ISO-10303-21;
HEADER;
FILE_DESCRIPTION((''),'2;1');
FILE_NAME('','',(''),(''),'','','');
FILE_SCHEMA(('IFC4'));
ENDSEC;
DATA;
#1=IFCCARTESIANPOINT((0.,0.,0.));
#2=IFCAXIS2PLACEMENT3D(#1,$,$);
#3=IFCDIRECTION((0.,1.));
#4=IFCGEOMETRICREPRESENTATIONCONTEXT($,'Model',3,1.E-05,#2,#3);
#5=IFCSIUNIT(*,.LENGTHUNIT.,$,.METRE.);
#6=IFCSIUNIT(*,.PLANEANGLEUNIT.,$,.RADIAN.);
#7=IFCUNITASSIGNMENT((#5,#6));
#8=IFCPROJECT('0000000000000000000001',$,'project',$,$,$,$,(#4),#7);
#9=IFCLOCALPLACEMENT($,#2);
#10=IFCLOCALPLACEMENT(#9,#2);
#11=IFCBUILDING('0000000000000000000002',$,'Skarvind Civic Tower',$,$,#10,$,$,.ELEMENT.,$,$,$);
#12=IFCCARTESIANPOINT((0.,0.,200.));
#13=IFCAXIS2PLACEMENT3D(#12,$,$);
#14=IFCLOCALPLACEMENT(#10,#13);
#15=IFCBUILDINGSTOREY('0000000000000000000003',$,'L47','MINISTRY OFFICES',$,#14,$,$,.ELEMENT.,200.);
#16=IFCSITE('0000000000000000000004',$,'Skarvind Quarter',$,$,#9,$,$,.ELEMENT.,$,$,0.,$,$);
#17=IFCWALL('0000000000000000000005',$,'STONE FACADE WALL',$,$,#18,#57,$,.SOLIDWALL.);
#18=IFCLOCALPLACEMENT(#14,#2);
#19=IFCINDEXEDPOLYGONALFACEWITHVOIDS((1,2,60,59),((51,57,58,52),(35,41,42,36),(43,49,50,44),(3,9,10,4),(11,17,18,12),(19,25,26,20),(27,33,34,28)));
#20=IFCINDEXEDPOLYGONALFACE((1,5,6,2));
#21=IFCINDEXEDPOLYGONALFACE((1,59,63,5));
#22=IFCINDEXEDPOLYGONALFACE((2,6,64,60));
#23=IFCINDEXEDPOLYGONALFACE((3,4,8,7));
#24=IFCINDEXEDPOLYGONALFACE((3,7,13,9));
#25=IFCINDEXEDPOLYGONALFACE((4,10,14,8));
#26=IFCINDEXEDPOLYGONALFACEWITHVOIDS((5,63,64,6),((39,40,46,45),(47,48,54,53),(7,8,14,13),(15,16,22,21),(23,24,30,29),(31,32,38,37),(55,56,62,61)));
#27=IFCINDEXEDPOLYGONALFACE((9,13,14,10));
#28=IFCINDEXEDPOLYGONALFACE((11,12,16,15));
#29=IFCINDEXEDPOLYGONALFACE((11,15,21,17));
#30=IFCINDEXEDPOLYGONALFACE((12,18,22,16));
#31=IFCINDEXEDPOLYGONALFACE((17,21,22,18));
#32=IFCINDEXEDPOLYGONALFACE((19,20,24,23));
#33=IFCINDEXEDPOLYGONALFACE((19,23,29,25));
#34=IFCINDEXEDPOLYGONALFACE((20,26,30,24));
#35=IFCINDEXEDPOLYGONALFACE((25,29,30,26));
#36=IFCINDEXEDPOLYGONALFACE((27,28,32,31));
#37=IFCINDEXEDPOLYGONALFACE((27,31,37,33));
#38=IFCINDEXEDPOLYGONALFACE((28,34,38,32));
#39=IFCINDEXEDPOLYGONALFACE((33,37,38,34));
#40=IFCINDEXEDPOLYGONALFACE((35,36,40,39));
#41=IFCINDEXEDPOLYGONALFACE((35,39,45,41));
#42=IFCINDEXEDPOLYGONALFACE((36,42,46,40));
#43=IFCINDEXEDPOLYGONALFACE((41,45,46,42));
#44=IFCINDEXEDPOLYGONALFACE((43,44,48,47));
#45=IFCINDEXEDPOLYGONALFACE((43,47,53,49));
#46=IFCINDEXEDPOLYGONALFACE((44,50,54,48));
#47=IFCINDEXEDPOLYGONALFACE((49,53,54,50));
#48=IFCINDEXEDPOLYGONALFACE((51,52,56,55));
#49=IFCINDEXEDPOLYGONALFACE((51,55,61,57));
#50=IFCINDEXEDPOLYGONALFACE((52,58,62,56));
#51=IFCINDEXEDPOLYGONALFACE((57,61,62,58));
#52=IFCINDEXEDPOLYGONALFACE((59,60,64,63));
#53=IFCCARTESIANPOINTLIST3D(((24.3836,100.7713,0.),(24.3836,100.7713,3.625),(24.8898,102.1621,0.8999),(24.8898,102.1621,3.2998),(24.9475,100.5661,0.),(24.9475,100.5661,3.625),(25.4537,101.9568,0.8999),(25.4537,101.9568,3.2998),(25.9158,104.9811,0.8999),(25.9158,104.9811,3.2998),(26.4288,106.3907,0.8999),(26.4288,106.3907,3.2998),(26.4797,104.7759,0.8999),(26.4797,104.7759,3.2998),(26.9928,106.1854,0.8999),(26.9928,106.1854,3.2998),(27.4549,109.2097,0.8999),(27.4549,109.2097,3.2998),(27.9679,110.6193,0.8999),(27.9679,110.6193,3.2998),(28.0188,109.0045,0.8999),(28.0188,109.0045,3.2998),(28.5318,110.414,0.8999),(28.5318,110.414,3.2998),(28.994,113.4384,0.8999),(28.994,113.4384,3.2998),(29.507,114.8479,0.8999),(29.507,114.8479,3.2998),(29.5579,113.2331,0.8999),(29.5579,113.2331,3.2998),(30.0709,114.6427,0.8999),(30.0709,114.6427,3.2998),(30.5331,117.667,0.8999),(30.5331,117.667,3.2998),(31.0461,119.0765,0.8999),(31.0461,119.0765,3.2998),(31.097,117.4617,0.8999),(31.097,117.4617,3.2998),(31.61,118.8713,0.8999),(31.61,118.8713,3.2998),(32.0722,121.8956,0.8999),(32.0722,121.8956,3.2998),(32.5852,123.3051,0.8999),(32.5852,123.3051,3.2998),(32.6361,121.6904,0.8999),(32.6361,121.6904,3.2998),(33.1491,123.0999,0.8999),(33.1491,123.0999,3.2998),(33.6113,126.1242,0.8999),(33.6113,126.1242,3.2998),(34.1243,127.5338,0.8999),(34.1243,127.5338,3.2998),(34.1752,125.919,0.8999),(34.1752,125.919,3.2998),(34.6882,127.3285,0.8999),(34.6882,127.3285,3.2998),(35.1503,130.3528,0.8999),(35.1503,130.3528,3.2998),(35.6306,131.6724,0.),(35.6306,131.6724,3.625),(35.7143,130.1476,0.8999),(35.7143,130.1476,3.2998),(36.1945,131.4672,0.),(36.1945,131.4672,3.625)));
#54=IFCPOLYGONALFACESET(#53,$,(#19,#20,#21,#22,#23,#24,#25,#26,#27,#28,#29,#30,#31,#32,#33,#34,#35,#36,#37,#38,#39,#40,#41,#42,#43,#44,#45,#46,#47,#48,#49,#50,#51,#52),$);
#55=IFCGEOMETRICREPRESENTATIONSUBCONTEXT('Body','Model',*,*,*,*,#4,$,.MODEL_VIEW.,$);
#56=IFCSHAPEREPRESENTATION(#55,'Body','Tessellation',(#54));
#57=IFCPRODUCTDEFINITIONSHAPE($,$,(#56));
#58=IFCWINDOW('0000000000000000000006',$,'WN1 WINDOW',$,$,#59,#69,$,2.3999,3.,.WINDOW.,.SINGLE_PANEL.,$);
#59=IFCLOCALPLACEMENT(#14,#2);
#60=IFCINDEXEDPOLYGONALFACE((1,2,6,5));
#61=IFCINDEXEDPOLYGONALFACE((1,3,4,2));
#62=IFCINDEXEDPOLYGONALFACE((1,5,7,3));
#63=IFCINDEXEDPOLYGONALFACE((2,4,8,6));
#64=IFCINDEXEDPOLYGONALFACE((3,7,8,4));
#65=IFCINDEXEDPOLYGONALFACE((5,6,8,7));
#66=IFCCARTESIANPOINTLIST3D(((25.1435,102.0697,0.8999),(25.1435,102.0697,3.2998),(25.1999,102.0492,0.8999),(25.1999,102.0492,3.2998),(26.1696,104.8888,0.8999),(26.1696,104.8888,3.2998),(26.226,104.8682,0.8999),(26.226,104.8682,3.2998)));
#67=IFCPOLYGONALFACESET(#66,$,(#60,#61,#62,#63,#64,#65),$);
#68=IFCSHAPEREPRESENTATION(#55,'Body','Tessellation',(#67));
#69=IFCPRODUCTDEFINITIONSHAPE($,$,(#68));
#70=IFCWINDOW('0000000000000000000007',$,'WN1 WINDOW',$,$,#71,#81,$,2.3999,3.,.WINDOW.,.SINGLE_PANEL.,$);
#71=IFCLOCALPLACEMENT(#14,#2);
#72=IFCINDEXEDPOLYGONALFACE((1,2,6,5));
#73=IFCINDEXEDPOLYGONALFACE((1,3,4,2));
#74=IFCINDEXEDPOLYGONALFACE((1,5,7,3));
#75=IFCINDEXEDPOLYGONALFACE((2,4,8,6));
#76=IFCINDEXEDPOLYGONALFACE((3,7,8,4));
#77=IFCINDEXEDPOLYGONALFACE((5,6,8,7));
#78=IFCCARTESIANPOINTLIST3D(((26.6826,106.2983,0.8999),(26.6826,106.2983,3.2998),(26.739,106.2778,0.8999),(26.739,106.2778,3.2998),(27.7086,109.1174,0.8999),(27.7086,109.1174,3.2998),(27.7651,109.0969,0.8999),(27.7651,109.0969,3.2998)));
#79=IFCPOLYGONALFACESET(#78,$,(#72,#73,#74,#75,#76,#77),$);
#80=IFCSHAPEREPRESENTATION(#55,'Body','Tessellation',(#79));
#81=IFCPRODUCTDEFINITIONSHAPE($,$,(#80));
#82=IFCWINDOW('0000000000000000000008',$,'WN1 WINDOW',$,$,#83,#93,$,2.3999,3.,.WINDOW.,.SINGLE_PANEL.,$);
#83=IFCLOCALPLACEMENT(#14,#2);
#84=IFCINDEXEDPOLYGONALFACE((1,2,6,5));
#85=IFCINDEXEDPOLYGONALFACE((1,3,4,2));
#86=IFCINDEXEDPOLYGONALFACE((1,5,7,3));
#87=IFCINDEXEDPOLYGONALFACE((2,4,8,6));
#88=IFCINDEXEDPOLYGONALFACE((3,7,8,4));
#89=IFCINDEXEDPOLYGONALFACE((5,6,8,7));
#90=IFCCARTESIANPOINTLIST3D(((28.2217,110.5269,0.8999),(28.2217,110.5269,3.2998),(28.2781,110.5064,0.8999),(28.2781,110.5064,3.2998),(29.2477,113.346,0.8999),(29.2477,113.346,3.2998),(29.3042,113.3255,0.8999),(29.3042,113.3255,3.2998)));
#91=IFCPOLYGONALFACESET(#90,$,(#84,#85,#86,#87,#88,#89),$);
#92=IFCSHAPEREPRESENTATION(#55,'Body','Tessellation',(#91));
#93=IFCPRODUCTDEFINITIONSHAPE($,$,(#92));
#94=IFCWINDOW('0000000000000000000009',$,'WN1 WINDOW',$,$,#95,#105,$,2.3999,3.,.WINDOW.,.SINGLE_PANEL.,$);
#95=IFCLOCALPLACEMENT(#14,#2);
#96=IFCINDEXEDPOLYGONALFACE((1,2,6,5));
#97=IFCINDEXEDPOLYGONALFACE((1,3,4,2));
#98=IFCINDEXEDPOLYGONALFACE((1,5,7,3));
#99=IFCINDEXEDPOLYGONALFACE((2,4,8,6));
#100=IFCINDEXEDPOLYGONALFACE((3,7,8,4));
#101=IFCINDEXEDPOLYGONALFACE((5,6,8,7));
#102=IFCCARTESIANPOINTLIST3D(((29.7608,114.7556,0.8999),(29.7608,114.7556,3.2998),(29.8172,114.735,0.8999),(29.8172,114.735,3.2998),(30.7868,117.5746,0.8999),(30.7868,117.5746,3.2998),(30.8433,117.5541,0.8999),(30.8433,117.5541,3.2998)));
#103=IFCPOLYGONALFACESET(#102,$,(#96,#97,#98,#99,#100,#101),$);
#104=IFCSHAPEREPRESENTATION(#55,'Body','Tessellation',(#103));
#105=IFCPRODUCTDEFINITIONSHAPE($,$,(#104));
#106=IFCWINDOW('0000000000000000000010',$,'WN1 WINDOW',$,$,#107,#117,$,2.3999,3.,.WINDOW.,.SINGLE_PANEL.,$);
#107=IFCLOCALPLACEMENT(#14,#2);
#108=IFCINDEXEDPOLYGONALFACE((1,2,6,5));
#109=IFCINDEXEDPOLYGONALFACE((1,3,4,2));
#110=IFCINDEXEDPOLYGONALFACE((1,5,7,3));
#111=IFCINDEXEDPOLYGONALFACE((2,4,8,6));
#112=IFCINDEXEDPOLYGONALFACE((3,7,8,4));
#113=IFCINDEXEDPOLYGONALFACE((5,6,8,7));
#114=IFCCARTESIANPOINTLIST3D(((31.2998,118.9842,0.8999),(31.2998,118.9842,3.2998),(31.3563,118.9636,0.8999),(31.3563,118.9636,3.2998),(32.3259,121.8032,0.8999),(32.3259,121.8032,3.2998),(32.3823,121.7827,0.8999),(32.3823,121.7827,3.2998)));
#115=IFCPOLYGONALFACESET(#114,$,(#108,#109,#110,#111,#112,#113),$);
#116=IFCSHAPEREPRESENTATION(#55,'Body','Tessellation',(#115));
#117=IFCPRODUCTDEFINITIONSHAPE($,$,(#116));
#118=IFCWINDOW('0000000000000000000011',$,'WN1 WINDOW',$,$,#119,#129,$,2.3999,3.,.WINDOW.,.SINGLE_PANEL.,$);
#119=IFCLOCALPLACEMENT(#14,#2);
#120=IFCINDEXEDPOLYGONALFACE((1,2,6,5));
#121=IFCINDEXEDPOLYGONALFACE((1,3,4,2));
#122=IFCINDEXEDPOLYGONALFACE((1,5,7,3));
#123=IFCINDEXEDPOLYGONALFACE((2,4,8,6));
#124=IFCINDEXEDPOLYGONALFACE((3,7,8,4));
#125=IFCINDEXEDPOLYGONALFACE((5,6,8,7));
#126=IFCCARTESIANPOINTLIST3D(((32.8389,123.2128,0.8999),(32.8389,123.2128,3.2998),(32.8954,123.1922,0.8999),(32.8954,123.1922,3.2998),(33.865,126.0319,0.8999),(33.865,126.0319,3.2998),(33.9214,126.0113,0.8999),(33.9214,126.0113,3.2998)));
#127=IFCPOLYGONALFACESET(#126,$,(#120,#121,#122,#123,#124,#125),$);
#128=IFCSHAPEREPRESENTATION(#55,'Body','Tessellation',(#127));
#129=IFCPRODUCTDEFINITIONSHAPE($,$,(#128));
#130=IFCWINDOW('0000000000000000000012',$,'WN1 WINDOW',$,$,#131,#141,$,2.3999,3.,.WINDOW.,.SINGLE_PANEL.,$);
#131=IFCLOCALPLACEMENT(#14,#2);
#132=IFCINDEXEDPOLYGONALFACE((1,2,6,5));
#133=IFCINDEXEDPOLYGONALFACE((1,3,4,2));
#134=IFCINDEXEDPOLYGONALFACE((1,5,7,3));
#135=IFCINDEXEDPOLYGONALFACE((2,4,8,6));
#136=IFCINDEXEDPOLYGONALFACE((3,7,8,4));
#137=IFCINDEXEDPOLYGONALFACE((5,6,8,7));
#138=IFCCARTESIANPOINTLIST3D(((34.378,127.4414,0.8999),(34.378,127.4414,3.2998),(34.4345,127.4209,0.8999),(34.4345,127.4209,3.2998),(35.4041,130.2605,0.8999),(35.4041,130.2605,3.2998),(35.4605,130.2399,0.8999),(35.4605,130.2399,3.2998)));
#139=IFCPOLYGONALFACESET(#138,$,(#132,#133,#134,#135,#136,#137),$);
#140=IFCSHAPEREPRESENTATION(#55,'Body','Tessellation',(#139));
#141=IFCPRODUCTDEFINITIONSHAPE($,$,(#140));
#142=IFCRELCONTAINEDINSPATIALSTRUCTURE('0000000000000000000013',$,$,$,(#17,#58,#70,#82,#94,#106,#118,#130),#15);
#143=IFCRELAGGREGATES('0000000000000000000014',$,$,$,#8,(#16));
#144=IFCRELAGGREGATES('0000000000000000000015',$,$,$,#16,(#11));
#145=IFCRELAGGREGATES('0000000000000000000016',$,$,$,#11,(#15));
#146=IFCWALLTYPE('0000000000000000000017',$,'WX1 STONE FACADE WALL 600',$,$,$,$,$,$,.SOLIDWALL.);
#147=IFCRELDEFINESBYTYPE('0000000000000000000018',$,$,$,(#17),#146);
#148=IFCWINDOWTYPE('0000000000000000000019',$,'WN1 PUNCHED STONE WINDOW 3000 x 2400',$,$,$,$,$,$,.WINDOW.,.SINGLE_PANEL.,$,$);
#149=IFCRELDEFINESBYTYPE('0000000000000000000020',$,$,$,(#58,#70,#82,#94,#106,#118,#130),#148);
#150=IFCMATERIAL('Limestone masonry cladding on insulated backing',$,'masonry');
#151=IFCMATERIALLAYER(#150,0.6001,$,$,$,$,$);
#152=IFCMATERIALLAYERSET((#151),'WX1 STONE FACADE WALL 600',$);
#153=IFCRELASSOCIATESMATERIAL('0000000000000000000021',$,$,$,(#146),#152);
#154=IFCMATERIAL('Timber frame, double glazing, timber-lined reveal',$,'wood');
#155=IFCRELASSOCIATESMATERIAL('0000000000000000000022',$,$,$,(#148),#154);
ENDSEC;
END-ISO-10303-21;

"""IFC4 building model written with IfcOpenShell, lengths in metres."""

from ifc_helpers import new_model, si_unit, direction, frame, frame_2d, origin, place, context, subcontext, project, spatial, rectangle, extrude, material, layer, layer_set, type_object, element, fill, save


model = new_model("IFC4")

# Units and contexts
model_context = context("Model", 3, precision=1e-05, world=origin(), true_north=direction((0.0, 1.0)))
body_context = subcontext(model_context, "Body", "Model", "MODEL_VIEW")
ifc_project = project(units=[si_unit("LENGTHUNIT", "METRE"), si_unit("PLANEANGLEUNIT", "RADIAN")], contexts=[model_context])

# Site, building, storey
site_placement = place(None, origin())
site = spatial("IfcSite", under=ifc_project, at=site_placement, Name="Skarvind Quarter", CompositionType="ELEMENT", RefElevation=0.0)
building_placement = place(site_placement, origin())
building = spatial("IfcBuilding", under=site, at=building_placement, Name="Skarvind Civic Tower", CompositionType="ELEMENT")
storey_placement = place(building_placement, frame((0.0, 0.0, 200.0)))
storey = spatial("IfcBuildingStorey", under=building, at=storey_placement, Name="L47", Description="MINISTRY OFFICES", CompositionType="ELEMENT", Elevation=200.0)

# Wall, openings, windows
ifc_material_1 = material(Name="Limestone masonry cladding on insulated backing", Category="masonry")
ifc_layer_1 = layer(ifc_material_1, 0.6001)
ifc_layer_set_1 = layer_set([ifc_layer_1], Name="WX1 STONE FACADE WALL 600")
wall_type_1 = type_object("IfcWallType", Name="WX1 STONE FACADE WALL 600", PredefinedType="SOLIDWALL", material=ifc_layer_set_1)
wall_1_placement = place(storey_placement, frame((24.6655, 100.6687, 0.0), z_axis=(0.0, 0.0, 1.0), x_axis=(0.34202, 0.939693, 0.0)))
wall_1 = element("IfcWall", 1, at=wall_1_placement, inside=storey, type_object=wall_type_1, Name="STONE FACADE WALL", PredefinedType="SOLIDWALL", context=body_context, shape_type="SweptSolid", body=[
    extrude(rectangle(XDim=32.8843, YDim=0.6001, at=frame_2d((16.4421, 0.0))), origin(), (0.0, 0.0, 1.0), 3.625),
])
opening_1_placement = place(wall_1_placement, frame((1.48, 0.0, 0.8999)))
opening_1 = element("IfcOpeningElement", 2, at=opening_1_placement, cuts=wall_1, PredefinedType="OPENING", context=body_context, shape_type="SweptSolid", body=[
    extrude(rectangle(XDim=3.0, YDim=2.3999, at=frame_2d((1.5, 1.2))), frame((0.0, 0.3101, 0.0), z_axis=(0.0, -1.0, 0.0), x_axis=(1.0, 0.0, 0.0)), (0.0, 0.0, 1.0), 0.6201),
])
opening_2_placement = place(wall_1_placement, frame((5.98, 0.0, 0.8999)))
opening_2 = element("IfcOpeningElement", 3, at=opening_2_placement, cuts=wall_1, PredefinedType="OPENING", context=body_context, shape_type="SweptSolid", body=[
    extrude(rectangle(XDim=3.0, YDim=2.3999, at=frame_2d((1.5, 1.2))), frame((0.0, 0.3101, 0.0), z_axis=(0.0, -1.0, 0.0), x_axis=(1.0, 0.0, 0.0)), (0.0, 0.0, 1.0), 0.6201),
])
opening_3_placement = place(wall_1_placement, frame((10.48, 0.0, 0.8999)))
opening_3 = element("IfcOpeningElement", 4, at=opening_3_placement, cuts=wall_1, PredefinedType="OPENING", context=body_context, shape_type="SweptSolid", body=[
    extrude(rectangle(XDim=3.0, YDim=2.3999, at=frame_2d((1.5, 1.2))), frame((0.0, 0.3101, 0.0), z_axis=(0.0, -1.0, 0.0), x_axis=(1.0, 0.0, 0.0)), (0.0, 0.0, 1.0), 0.6201),
])
opening_4_placement = place(wall_1_placement, frame((14.98, 0.0, 0.8999)))
opening_4 = element("IfcOpeningElement", 5, at=opening_4_placement, cuts=wall_1, PredefinedType="OPENING", context=body_context, shape_type="SweptSolid", body=[
    extrude(rectangle(XDim=3.0, YDim=2.3999, at=frame_2d((1.5, 1.2))), frame((0.0, 0.3101, 0.0), z_axis=(0.0, -1.0, 0.0), x_axis=(1.0, 0.0, 0.0)), (0.0, 0.0, 1.0), 0.6201),
])
opening_5_placement = place(wall_1_placement, frame((19.48, 0.0, 0.8999)))
opening_5 = element("IfcOpeningElement", 6, at=opening_5_placement, cuts=wall_1, PredefinedType="OPENING", context=body_context, shape_type="SweptSolid", body=[
    extrude(rectangle(XDim=3.0, YDim=2.3999, at=frame_2d((1.5, 1.2))), frame((0.0, 0.3101, 0.0), z_axis=(0.0, -1.0, 0.0), x_axis=(1.0, 0.0, 0.0)), (0.0, 0.0, 1.0), 0.6201),
])
opening_6_placement = place(wall_1_placement, frame((23.98, 0.0, 0.8999)))
opening_6 = element("IfcOpeningElement", 7, at=opening_6_placement, cuts=wall_1, PredefinedType="OPENING", context=body_context, shape_type="SweptSolid", body=[
    extrude(rectangle(XDim=3.0, YDim=2.3999, at=frame_2d((1.5, 1.2))), frame((0.0, 0.3101, 0.0), z_axis=(0.0, -1.0, 0.0), x_axis=(1.0, 0.0, 0.0)), (0.0, 0.0, 1.0), 0.6201),
])
opening_7_placement = place(wall_1_placement, frame((28.48, 0.0, 0.8999)))
opening_7 = element("IfcOpeningElement", 8, at=opening_7_placement, cuts=wall_1, PredefinedType="OPENING", context=body_context, shape_type="SweptSolid", body=[
    extrude(rectangle(XDim=3.0, YDim=2.3999, at=frame_2d((1.5, 1.2))), frame((0.0, 0.3101, 0.0), z_axis=(0.0, -1.0, 0.0), x_axis=(1.0, 0.0, 0.0)), (0.0, 0.0, 1.0), 0.6201),
])
ifc_material_2 = material(Name="Timber frame, double glazing, timber-lined reveal", Category="wood")
window_type = type_object("IfcWindowType", Name="WN1 PUNCHED STONE WINDOW 3000 x 2400", PartitioningType="SINGLE_PANEL", PredefinedType="WINDOW", material=ifc_material_2)
window_1_placement = place(opening_1_placement, origin())
window_1 = element("IfcWindow", 9, at=window_1_placement, inside=storey, type_object=window_type, Name="WN1 WINDOW", OverallHeight=2.3999, OverallWidth=3.0, PartitioningType="SINGLE_PANEL", PredefinedType="WINDOW", context=body_context, shape_type="SweptSolid", body=[
    extrude(rectangle(XDim=3.0, YDim=2.3999, at=frame_2d((1.5, 1.2))), frame((0.0, 0.03, 0.0), z_axis=(0.0, -1.0, 0.0), x_axis=(1.0, 0.0, 0.0)), (0.0, 0.0, 1.0), 0.0601),
])
fill(opening_1, window_1)
window_2_placement = place(opening_2_placement, origin())
window_2 = element("IfcWindow", 10, at=window_2_placement, inside=storey, type_object=window_type, Name="WN1 WINDOW", OverallHeight=2.3999, OverallWidth=3.0, PartitioningType="SINGLE_PANEL", PredefinedType="WINDOW", context=body_context, shape_type="SweptSolid", body=[
    extrude(rectangle(XDim=3.0, YDim=2.3999, at=frame_2d((1.5, 1.2))), frame((0.0, 0.03, 0.0), z_axis=(0.0, -1.0, 0.0), x_axis=(1.0, 0.0, 0.0)), (0.0, 0.0, 1.0), 0.0601),
])
fill(opening_2, window_2)
window_3_placement = place(opening_3_placement, origin())
window_3 = element("IfcWindow", 11, at=window_3_placement, inside=storey, type_object=window_type, Name="WN1 WINDOW", OverallHeight=2.3999, OverallWidth=3.0, PartitioningType="SINGLE_PANEL", PredefinedType="WINDOW", context=body_context, shape_type="SweptSolid", body=[
    extrude(rectangle(XDim=3.0, YDim=2.3999, at=frame_2d((1.5, 1.2))), frame((0.0, 0.03, 0.0), z_axis=(0.0, -1.0, 0.0), x_axis=(1.0, 0.0, 0.0)), (0.0, 0.0, 1.0), 0.0601),
])
fill(opening_3, window_3)
window_4_placement = place(opening_4_placement, origin())
window_4 = element("IfcWindow", 12, at=window_4_placement, inside=storey, type_object=window_type, Name="WN1 WINDOW", OverallHeight=2.3999, OverallWidth=3.0, PartitioningType="SINGLE_PANEL", PredefinedType="WINDOW", context=body_context, shape_type="SweptSolid", body=[
    extrude(rectangle(XDim=3.0, YDim=2.3999, at=frame_2d((1.5, 1.2))), frame((0.0, 0.03, 0.0), z_axis=(0.0, -1.0, 0.0), x_axis=(1.0, 0.0, 0.0)), (0.0, 0.0, 1.0), 0.0601),
])
fill(opening_4, window_4)
window_5_placement = place(opening_5_placement, origin())
window_5 = element("IfcWindow", 13, at=window_5_placement, inside=storey, type_object=window_type, Name="WN1 WINDOW", OverallHeight=2.3999, OverallWidth=3.0, PartitioningType="SINGLE_PANEL", PredefinedType="WINDOW", context=body_context, shape_type="SweptSolid", body=[
    extrude(rectangle(XDim=3.0, YDim=2.3999, at=frame_2d((1.5, 1.2))), frame((0.0, 0.03, 0.0), z_axis=(0.0, -1.0, 0.0), x_axis=(1.0, 0.0, 0.0)), (0.0, 0.0, 1.0), 0.0601),
])
fill(opening_5, window_5)
window_6_placement = place(opening_6_placement, origin())
window_6 = element("IfcWindow", 14, at=window_6_placement, inside=storey, type_object=window_type, Name="WN1 WINDOW", OverallHeight=2.3999, OverallWidth=3.0, PartitioningType="SINGLE_PANEL", PredefinedType="WINDOW", context=body_context, shape_type="SweptSolid", body=[
    extrude(rectangle(XDim=3.0, YDim=2.3999, at=frame_2d((1.5, 1.2))), frame((0.0, 0.03, 0.0), z_axis=(0.0, -1.0, 0.0), x_axis=(1.0, 0.0, 0.0)), (0.0, 0.0, 1.0), 0.0601),
])
fill(opening_6, window_6)
window_7_placement = place(opening_7_placement, origin())
window_7 = element("IfcWindow", 15, at=window_7_placement, inside=storey, type_object=window_type, Name="WN1 WINDOW", OverallHeight=2.3999, OverallWidth=3.0, PartitioningType="SINGLE_PANEL", PredefinedType="WINDOW", context=body_context, shape_type="SweptSolid", body=[
    extrude(rectangle(XDim=3.0, YDim=2.3999, at=frame_2d((1.5, 1.2))), frame((0.0, 0.03, 0.0), z_axis=(0.0, -1.0, 0.0), x_axis=(1.0, 0.0, 0.0)), (0.0, 0.0, 1.0), 0.0601),
])
fill(opening_7, window_7)

save(model, "model.ifc")
